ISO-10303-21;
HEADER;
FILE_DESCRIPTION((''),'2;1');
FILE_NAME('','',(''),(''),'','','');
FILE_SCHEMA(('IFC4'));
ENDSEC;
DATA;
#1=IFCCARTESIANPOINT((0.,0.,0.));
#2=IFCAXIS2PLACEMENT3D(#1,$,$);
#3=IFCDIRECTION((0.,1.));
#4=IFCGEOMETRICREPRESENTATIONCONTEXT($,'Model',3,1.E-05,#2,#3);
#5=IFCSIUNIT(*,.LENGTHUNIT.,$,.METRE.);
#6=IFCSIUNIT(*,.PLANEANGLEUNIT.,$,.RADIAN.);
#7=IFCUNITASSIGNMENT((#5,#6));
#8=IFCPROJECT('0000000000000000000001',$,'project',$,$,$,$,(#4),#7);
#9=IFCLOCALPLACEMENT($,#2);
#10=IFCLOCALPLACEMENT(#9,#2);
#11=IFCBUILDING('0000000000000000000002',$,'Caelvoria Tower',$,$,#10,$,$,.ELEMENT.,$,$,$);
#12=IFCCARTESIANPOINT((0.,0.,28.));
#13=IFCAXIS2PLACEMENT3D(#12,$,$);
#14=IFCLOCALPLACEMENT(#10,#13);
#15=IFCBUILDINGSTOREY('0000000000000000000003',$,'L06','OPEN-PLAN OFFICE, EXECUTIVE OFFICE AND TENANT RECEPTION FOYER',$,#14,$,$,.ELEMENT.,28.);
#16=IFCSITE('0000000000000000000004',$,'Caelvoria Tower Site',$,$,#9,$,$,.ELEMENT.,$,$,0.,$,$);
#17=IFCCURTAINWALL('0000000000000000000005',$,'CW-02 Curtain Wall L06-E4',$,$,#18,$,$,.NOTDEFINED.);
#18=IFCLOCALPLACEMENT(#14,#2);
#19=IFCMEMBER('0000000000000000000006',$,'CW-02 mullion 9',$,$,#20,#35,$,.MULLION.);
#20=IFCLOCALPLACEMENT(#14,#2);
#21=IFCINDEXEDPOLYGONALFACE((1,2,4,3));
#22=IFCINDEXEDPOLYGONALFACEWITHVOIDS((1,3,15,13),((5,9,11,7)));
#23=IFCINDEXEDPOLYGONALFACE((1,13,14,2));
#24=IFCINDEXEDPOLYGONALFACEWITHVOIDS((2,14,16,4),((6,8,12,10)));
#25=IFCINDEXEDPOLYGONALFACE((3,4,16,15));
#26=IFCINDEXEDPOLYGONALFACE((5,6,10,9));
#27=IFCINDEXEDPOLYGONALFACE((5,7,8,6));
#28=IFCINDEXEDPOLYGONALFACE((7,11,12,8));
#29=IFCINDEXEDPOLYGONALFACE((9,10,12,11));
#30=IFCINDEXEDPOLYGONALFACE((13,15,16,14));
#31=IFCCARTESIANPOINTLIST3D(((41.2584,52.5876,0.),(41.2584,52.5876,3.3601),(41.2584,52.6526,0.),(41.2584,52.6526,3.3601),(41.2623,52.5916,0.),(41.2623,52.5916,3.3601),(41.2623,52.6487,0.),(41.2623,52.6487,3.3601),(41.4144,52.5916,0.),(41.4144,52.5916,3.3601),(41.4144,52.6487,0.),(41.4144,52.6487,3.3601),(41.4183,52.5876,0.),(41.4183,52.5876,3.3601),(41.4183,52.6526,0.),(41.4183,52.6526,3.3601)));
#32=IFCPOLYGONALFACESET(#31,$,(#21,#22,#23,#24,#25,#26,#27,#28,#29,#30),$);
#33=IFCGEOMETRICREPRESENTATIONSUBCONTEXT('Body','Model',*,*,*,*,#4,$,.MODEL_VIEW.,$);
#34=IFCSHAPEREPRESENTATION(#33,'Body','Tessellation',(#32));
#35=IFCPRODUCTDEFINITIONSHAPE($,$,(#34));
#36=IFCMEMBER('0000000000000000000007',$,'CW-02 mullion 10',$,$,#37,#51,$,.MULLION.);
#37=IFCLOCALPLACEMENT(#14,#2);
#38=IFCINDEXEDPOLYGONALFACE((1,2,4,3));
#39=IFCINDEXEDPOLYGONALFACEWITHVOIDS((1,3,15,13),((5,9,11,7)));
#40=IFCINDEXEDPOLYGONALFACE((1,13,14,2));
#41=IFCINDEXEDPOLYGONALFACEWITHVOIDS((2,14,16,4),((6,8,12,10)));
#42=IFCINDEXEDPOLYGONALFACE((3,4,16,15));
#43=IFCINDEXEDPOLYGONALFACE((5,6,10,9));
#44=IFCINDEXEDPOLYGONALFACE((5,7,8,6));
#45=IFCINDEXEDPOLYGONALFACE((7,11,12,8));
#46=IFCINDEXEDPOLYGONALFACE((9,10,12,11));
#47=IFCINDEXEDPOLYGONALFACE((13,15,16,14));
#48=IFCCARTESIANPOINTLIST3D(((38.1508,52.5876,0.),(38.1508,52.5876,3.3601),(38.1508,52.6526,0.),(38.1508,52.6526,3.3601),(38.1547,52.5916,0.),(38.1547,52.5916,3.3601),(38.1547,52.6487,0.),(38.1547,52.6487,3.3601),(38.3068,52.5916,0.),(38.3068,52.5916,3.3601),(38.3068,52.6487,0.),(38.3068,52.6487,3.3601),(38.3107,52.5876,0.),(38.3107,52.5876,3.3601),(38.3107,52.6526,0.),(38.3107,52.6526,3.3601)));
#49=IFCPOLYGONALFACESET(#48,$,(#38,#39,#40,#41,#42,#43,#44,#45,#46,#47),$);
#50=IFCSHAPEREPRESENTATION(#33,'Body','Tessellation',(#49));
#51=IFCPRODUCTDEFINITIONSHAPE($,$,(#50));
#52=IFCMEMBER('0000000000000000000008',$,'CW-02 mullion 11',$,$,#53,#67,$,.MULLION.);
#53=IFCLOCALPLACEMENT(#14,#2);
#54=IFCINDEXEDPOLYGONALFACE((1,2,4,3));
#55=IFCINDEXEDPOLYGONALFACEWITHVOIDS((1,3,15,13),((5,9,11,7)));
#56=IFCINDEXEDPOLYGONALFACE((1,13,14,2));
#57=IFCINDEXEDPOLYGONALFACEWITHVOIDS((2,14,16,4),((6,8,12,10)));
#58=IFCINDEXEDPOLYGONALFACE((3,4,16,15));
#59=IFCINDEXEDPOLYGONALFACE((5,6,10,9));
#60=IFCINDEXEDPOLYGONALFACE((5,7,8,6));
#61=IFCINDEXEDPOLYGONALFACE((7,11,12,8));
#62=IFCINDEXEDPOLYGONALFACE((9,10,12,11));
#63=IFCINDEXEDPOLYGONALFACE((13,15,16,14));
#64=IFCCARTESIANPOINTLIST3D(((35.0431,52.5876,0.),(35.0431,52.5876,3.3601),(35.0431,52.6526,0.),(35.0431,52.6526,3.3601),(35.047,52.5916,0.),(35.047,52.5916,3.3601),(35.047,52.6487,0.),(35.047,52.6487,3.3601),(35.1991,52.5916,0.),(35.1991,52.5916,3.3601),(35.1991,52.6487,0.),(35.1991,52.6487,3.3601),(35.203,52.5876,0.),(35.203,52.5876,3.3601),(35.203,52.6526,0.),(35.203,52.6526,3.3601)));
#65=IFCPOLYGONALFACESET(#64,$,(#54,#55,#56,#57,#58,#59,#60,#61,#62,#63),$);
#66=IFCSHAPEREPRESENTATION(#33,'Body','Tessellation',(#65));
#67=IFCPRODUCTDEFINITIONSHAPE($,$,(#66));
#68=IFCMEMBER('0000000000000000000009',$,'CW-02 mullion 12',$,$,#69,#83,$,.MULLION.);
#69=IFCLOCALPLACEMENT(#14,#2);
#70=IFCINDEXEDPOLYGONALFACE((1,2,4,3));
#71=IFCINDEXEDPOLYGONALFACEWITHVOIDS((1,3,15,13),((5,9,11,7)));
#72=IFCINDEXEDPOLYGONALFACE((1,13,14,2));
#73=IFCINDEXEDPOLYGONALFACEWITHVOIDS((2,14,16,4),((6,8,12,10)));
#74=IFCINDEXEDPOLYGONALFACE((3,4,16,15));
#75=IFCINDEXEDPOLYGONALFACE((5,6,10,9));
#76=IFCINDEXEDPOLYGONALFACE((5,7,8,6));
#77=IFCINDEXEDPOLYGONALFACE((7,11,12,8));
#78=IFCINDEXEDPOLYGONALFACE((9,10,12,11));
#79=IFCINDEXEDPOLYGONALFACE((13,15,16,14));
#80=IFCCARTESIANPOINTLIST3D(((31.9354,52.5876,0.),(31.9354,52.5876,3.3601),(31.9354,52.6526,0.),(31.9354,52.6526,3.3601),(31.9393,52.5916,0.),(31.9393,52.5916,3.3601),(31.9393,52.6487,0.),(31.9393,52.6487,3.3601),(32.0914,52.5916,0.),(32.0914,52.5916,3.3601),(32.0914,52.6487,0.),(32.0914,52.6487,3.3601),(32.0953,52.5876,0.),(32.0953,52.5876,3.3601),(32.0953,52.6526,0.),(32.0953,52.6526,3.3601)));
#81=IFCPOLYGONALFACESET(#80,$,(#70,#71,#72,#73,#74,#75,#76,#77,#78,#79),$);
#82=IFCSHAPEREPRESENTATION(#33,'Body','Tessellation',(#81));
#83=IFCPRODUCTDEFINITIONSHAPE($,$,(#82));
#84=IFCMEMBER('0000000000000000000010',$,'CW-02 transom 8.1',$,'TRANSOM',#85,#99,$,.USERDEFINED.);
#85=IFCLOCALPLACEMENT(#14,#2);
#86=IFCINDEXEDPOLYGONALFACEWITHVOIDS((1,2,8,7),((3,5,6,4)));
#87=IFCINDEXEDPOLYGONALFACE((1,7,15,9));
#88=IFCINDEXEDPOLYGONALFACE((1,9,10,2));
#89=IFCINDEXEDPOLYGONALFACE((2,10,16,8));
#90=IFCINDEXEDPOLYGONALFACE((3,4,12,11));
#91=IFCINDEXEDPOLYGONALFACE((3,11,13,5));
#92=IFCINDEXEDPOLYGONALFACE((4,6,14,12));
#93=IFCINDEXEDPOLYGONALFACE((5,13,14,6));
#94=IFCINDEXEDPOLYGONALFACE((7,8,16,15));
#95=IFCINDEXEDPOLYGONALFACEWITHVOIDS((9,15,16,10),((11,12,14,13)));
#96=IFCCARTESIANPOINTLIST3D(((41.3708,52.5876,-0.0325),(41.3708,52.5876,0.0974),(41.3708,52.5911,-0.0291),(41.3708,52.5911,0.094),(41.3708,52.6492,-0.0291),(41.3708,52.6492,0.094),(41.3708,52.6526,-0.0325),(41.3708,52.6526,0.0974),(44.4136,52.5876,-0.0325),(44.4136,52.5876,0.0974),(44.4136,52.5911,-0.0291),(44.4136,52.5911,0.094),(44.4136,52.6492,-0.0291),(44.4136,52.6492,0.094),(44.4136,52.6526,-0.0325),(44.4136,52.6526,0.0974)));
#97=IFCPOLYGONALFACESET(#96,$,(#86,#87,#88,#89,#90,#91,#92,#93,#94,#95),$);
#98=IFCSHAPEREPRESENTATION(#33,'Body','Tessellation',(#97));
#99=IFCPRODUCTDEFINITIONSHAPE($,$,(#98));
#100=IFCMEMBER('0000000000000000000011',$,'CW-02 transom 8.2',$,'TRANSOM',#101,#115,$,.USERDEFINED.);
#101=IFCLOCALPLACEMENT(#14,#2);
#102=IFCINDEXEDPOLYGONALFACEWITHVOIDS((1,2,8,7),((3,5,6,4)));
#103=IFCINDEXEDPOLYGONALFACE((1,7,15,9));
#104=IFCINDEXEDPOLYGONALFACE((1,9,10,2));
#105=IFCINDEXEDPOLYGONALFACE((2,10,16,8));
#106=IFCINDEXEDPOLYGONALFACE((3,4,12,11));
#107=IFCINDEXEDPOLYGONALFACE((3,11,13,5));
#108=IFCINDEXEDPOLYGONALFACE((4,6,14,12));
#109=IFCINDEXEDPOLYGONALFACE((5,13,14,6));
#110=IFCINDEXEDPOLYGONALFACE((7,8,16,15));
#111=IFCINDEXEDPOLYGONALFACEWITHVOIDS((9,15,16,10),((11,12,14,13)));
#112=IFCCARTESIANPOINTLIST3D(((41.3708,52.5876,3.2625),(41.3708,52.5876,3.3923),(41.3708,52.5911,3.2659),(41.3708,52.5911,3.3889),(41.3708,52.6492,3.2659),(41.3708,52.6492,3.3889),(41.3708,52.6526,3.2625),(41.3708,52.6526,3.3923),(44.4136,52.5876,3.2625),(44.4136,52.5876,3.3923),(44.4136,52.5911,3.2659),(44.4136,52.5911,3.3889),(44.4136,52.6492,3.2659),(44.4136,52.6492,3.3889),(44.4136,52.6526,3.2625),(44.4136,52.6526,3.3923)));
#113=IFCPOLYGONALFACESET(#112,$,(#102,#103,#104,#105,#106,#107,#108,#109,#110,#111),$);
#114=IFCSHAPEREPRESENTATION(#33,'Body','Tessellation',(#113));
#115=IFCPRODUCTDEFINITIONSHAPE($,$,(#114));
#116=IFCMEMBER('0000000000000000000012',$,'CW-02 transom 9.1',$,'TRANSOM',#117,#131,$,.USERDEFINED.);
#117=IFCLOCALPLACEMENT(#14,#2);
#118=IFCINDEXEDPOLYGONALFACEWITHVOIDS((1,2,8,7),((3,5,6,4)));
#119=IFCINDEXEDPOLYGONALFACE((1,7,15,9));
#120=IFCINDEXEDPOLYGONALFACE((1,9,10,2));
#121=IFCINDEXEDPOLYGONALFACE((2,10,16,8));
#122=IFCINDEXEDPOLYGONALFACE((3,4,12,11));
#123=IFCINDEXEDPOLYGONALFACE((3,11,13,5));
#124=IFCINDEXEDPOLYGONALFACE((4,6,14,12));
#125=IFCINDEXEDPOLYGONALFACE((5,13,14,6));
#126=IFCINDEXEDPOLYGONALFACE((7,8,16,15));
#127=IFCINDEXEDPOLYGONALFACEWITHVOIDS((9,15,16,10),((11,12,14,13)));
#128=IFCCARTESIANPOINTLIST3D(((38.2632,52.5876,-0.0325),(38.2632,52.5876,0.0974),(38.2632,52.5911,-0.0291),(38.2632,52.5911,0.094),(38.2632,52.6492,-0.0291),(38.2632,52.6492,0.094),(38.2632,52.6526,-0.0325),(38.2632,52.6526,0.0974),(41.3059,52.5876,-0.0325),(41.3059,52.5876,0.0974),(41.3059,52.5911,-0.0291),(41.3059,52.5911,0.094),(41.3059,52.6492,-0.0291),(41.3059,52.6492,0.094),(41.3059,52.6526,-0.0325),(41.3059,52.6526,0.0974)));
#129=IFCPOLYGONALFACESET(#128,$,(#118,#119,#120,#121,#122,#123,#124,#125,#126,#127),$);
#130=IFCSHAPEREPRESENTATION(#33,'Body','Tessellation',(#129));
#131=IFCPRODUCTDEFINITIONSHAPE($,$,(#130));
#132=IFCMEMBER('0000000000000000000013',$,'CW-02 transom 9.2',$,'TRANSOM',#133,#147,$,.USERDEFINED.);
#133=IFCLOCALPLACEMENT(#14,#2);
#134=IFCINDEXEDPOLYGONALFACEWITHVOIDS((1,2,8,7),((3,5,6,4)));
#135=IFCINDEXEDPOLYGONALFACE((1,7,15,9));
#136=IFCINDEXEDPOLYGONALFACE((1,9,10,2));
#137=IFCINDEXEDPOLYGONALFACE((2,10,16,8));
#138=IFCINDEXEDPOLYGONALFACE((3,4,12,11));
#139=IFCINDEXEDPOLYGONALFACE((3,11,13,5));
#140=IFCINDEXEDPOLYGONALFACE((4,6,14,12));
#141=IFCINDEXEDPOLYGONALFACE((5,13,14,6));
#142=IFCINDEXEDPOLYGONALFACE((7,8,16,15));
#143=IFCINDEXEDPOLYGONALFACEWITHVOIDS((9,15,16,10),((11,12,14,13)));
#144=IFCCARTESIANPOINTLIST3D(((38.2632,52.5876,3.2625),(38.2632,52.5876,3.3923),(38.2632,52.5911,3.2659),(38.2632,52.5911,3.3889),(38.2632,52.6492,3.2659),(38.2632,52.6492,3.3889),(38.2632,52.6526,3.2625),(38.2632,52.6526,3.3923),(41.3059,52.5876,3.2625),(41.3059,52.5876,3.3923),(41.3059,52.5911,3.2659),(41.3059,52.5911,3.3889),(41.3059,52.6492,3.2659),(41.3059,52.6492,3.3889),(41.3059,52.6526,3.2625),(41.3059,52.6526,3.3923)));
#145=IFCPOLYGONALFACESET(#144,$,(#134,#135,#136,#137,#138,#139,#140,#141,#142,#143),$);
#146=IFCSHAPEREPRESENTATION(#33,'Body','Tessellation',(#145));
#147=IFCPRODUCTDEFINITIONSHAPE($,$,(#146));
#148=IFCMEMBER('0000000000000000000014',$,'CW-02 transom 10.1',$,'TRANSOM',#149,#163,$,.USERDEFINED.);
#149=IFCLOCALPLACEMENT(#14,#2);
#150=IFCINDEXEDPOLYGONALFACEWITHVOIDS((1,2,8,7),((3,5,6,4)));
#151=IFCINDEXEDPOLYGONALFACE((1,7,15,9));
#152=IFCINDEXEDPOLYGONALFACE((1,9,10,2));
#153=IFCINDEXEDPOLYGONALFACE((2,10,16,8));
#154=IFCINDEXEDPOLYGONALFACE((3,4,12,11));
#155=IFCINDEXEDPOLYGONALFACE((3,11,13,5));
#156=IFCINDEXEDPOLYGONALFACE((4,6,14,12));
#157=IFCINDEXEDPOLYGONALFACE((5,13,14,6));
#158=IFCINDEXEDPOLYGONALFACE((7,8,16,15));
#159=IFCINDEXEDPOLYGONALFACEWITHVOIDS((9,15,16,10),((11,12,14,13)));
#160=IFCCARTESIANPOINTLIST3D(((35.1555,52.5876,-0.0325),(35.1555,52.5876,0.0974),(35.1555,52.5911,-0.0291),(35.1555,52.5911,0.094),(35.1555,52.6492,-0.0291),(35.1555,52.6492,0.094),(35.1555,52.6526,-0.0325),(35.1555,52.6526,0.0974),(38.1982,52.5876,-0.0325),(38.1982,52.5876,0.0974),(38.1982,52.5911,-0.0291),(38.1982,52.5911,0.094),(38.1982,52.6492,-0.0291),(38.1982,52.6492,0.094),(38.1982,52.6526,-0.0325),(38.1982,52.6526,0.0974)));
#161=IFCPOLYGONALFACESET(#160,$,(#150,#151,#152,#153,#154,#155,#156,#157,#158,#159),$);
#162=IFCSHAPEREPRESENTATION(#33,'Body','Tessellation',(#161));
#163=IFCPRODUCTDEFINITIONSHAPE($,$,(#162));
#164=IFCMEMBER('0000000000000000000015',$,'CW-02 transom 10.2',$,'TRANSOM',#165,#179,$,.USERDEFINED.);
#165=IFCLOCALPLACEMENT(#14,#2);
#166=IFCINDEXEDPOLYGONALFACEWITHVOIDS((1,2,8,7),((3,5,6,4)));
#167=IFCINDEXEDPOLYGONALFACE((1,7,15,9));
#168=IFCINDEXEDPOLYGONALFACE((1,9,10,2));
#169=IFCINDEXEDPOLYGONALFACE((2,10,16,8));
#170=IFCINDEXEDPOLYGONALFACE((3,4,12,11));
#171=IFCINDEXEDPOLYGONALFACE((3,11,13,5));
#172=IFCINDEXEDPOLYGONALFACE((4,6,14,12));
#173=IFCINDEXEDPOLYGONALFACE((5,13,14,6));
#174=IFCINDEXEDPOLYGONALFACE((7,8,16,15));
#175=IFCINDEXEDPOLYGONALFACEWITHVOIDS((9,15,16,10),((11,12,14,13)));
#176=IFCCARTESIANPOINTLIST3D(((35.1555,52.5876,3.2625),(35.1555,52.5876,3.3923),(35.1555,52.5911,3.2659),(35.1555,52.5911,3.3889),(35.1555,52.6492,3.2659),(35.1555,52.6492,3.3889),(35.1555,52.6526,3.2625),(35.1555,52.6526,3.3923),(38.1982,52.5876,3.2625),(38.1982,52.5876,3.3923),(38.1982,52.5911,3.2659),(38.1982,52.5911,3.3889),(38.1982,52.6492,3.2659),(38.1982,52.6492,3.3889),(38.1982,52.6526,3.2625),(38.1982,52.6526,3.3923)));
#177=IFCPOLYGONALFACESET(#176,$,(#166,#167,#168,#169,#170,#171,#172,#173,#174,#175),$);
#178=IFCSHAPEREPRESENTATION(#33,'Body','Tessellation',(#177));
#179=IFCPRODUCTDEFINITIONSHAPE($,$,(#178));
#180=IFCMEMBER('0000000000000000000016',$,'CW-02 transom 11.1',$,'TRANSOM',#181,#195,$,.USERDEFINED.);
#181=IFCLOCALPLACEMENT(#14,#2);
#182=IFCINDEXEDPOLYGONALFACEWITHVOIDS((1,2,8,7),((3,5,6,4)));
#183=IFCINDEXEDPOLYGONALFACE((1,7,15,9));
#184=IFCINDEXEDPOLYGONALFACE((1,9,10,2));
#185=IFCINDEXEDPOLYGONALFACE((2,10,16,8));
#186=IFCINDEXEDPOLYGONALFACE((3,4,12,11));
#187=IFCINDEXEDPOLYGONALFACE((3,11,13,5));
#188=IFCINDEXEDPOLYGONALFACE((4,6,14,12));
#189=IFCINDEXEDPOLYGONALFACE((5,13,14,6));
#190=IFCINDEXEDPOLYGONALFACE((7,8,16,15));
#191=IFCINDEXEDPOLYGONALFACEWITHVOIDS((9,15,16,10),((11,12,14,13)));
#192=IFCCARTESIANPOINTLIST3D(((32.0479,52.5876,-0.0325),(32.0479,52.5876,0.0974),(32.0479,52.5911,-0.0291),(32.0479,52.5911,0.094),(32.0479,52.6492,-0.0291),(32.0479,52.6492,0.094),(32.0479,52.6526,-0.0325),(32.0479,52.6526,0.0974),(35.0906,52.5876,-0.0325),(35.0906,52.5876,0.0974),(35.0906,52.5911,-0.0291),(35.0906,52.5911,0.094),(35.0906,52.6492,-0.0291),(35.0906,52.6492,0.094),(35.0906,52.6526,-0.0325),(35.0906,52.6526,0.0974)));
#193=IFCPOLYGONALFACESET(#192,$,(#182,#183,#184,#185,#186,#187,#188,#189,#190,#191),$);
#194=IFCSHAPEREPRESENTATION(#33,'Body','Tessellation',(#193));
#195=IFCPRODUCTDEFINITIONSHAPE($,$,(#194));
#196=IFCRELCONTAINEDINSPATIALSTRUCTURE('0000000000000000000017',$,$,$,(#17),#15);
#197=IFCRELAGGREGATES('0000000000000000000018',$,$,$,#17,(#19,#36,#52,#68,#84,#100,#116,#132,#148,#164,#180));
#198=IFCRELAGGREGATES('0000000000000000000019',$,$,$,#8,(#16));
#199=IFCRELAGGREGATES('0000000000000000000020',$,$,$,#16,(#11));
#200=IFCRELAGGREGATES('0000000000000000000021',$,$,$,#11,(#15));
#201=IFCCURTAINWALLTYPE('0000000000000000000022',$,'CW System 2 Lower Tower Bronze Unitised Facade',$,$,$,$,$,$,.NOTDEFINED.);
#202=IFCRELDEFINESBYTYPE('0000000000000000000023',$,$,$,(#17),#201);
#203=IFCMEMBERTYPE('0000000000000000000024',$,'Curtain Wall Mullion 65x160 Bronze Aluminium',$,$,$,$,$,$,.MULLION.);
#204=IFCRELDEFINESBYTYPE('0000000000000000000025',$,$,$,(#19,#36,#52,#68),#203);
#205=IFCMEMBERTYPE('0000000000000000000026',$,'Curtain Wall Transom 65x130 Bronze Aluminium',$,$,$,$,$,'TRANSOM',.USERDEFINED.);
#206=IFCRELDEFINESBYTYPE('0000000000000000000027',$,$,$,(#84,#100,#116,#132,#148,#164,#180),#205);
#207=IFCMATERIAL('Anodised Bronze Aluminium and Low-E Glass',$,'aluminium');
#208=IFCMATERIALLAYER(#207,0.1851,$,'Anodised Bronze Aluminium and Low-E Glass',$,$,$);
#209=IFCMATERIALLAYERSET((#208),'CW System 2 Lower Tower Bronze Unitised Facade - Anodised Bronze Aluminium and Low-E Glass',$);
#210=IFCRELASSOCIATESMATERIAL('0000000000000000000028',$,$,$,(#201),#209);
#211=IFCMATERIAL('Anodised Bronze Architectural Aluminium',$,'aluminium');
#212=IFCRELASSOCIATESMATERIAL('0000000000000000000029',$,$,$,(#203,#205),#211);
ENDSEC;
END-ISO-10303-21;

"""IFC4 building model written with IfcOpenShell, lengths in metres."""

from ifc_helpers import new_model, si_unit, direction, frame, origin, origin_2d, place, context, subcontext, project, spatial, hollow_rectangle, extrude, material, layer, layer_set, material_profile, profile_set, type_object, element, aggregate, save


model = new_model("IFC4")

# Units and contexts
model_context = context("Model", 3, precision=1e-05, world=origin(), true_north=direction((0.0, 1.0)))
body_context = subcontext(model_context, "Body", "Model", "MODEL_VIEW")
ifc_project = project(units=[si_unit("LENGTHUNIT", "METRE"), si_unit("PLANEANGLEUNIT", "RADIAN")], contexts=[model_context])

# Site, building, storey
site_placement = place(None, origin())
site = spatial("IfcSite", under=ifc_project, at=site_placement, Name="Caelvoria Tower Site", CompositionType="ELEMENT", RefElevation=0.0)
building_placement = place(site_placement, origin())
building = spatial("IfcBuilding", under=site, at=building_placement, Name="Caelvoria Tower", CompositionType="ELEMENT")
storey_placement = place(building_placement, frame((0.0, 0.0, 28.0)))
storey = spatial("IfcBuildingStorey", under=building, at=storey_placement, Name="L06", Description="OPEN-PLAN OFFICE, EXECUTIVE OFFICE AND TENANT RECEPTION FOYER", CompositionType="ELEMENT", Elevation=28.0)

# Curtain wall, members
ifc_material_1 = material(Name="Anodised Bronze Aluminium and Low-E Glass", Category="aluminium")
ifc_layer_1 = layer(ifc_material_1, 0.1851, Name="Anodised Bronze Aluminium and Low-E Glass")
ifc_layer_set_1 = layer_set([ifc_layer_1], Name="CW System 2 Lower Tower Bronze Unitised Facade - Anodised Bronze Aluminium and Low-E Glass")
curtain_wall_type = type_object("IfcCurtainWallType", Name="CW System 2 Lower Tower Bronze Unitised Facade", PredefinedType="NOTDEFINED", material=ifc_layer_set_1)
curtain_wall_placement = place(storey_placement, origin())
curtain_wall = element("IfcCurtainWall", 1, at=curtain_wall_placement, inside=storey, type_object=curtain_wall_type, Name="CW-02 Curtain Wall L06-E4", PredefinedType="NOTDEFINED")
ifc_material_2 = material(Name="Anodised Bronze Architectural Aluminium", Category="aluminium")
ifc_material_profile_1 = material_profile(ifc_material_2, hollow_rectangle(XDim=0.0649, YDim=0.1599, WallThickness=0.0039, at=origin_2d()), Name="Anodised Bronze Architectural Aluminium")
ifc_profile_set_1 = profile_set([ifc_material_profile_1], Name="CW_MULL_65X160 - Anodised Bronze Architectural Aluminium")
member_type_1 = type_object("IfcMemberType", Name="Curtain Wall Mullion 65x160 Bronze Aluminium", PredefinedType="MULLION", material=ifc_profile_set_1)
member_1_placement = place(storey_placement, frame((41.3384, 52.6201, 0.0), z_axis=(0.0, 0.0, 1.0), x_axis=(0.0, -1.0, 0.0)))
member_1 = element("IfcMember", 2, at=member_1_placement, type_object=member_type_1, Name="CW-02 mullion 9", PredefinedType="MULLION", context=body_context, shape_type="SweptSolid", body=[
    extrude(hollow_rectangle(XDim=0.0649, YDim=0.1599, WallThickness=0.0039, at=origin_2d()), origin(), (0.0, 0.0, 1.0), 3.3601),
])
member_2_placement = place(storey_placement, frame((38.2307, 52.6201, 0.0), z_axis=(0.0, 0.0, 1.0), x_axis=(0.0, -1.0, 0.0)))
member_2 = element("IfcMember", 3, at=member_2_placement, type_object=member_type_1, Name="CW-02 mullion 10", PredefinedType="MULLION", context=body_context, shape_type="SweptSolid", body=[
    extrude(hollow_rectangle(XDim=0.0649, YDim=0.1599, WallThickness=0.0039, at=origin_2d()), origin(), (0.0, 0.0, 1.0), 3.3601),
])
member_3_placement = place(storey_placement, frame((35.123, 52.6201, 0.0), z_axis=(0.0, 0.0, 1.0), x_axis=(0.0, -1.0, 0.0)))
member_3 = element("IfcMember", 4, at=member_3_placement, type_object=member_type_1, Name="CW-02 mullion 11", PredefinedType="MULLION", context=body_context, shape_type="SweptSolid", body=[
    extrude(hollow_rectangle(XDim=0.0649, YDim=0.1599, WallThickness=0.0039, at=origin_2d()), origin(), (0.0, 0.0, 1.0), 3.3601),
])
member_4_placement = place(storey_placement, frame((32.0154, 52.6201, 0.0), z_axis=(0.0, 0.0, 1.0), x_axis=(0.0, -1.0, 0.0)))
member_4 = element("IfcMember", 5, at=member_4_placement, type_object=member_type_1, Name="CW-02 mullion 12", PredefinedType="MULLION", context=body_context, shape_type="SweptSolid", body=[
    extrude(hollow_rectangle(XDim=0.0649, YDim=0.1599, WallThickness=0.0039, at=origin_2d()), origin(), (0.0, 0.0, 1.0), 3.3601),
])
ifc_material_profile_2 = material_profile(ifc_material_2, hollow_rectangle(XDim=0.0649, YDim=0.1299, WallThickness=0.0034, at=origin_2d()), Name="Anodised Bronze Architectural Aluminium")
ifc_profile_set_2 = profile_set([ifc_material_profile_2], Name="CW_TRAN_65X130 - Anodised Bronze Architectural Aluminium")
member_type_2 = type_object("IfcMemberType", Name="Curtain Wall Transom 65x130 Bronze Aluminium", ElementType="TRANSOM", PredefinedType="USERDEFINED", material=ifc_profile_set_2)
member_5_placement = place(storey_placement, frame((44.4136, 52.6201, 0.0325), z_axis=(-1.0, 0.0, 0.0), x_axis=(0.0, -1.0, 0.0)))
member_5 = element("IfcMember", 6, at=member_5_placement, type_object=member_type_2, Name="CW-02 transom 8.1", ObjectType="TRANSOM", PredefinedType="USERDEFINED", context=body_context, shape_type="SweptSolid", body=[
    extrude(hollow_rectangle(XDim=0.0649, YDim=0.1299, WallThickness=0.0034, at=origin_2d()), origin(), (0.0, 0.0, 1.0), 3.0427),
])
member_6_placement = place(storey_placement, frame((44.4136, 52.6201, 3.3274), z_axis=(-1.0, 0.0, 0.0), x_axis=(0.0, -1.0, 0.0)))
member_6 = element("IfcMember", 7, at=member_6_placement, type_object=member_type_2, Name="CW-02 transom 8.2", ObjectType="TRANSOM", PredefinedType="USERDEFINED", context=body_context, shape_type="SweptSolid", body=[
    extrude(hollow_rectangle(XDim=0.0649, YDim=0.1299, WallThickness=0.0034, at=origin_2d()), origin(), (0.0, 0.0, 1.0), 3.0427),
])
member_7_placement = place(storey_placement, frame((41.3059, 52.6201, 0.0325), z_axis=(-1.0, 0.0, 0.0), x_axis=(0.0, -1.0, 0.0)))
member_7 = element("IfcMember", 8, at=member_7_placement, type_object=member_type_2, Name="CW-02 transom 9.1", ObjectType="TRANSOM", PredefinedType="USERDEFINED", context=body_context, shape_type="SweptSolid", body=[
    extrude(hollow_rectangle(XDim=0.0649, YDim=0.1299, WallThickness=0.0034, at=origin_2d()), origin(), (0.0, 0.0, 1.0), 3.0427),
])
member_8_placement = place(storey_placement, frame((41.3059, 52.6201, 3.3274), z_axis=(-1.0, 0.0, 0.0), x_axis=(0.0, -1.0, 0.0)))
member_8 = element("IfcMember", 9, at=member_8_placement, type_object=member_type_2, Name="CW-02 transom 9.2", ObjectType="TRANSOM", PredefinedType="USERDEFINED", context=body_context, shape_type="SweptSolid", body=[
    extrude(hollow_rectangle(XDim=0.0649, YDim=0.1299, WallThickness=0.0034, at=origin_2d()), origin(), (0.0, 0.0, 1.0), 3.0427),
])
member_9_placement = place(storey_placement, frame((38.1982, 52.6201, 0.0325), z_axis=(-1.0, 0.0, 0.0), x_axis=(0.0, -1.0, 0.0)))
member_9 = element("IfcMember", 10, at=member_9_placement, type_object=member_type_2, Name="CW-02 transom 10.1", ObjectType="TRANSOM", PredefinedType="USERDEFINED", context=body_context, shape_type="SweptSolid", body=[
    extrude(hollow_rectangle(XDim=0.0649, YDim=0.1299, WallThickness=0.0034, at=origin_2d()), origin(), (0.0, 0.0, 1.0), 3.0427),
])
member_10_placement = place(storey_placement, frame((38.1982, 52.6201, 3.3274), z_axis=(-1.0, 0.0, 0.0), x_axis=(0.0, -1.0, 0.0)))
member_10 = element("IfcMember", 11, at=member_10_placement, type_object=member_type_2, Name="CW-02 transom 10.2", ObjectType="TRANSOM", PredefinedType="USERDEFINED", context=body_context, shape_type="SweptSolid", body=[
    extrude(hollow_rectangle(XDim=0.0649, YDim=0.1299, WallThickness=0.0034, at=origin_2d()), origin(), (0.0, 0.0, 1.0), 3.0427),
])
member_11_placement = place(storey_placement, frame((35.0906, 52.6201, 0.0325), z_axis=(-1.0, 0.0, 0.0), x_axis=(0.0, -1.0, 0.0)))
member_11 = element("IfcMember", 12, at=member_11_placement, type_object=member_type_2, Name="CW-02 transom 11.1", ObjectType="TRANSOM", PredefinedType="USERDEFINED", context=body_context, shape_type="SweptSolid", body=[
    extrude(hollow_rectangle(XDim=0.0649, YDim=0.1299, WallThickness=0.0034, at=origin_2d()), origin(), (0.0, 0.0, 1.0), 3.0427),
])
aggregate(curtain_wall, [member_1, member_2, member_3, member_4, member_5, member_6, member_7, member_8, member_9, member_10, member_11])

save(model, "model.ifc")
